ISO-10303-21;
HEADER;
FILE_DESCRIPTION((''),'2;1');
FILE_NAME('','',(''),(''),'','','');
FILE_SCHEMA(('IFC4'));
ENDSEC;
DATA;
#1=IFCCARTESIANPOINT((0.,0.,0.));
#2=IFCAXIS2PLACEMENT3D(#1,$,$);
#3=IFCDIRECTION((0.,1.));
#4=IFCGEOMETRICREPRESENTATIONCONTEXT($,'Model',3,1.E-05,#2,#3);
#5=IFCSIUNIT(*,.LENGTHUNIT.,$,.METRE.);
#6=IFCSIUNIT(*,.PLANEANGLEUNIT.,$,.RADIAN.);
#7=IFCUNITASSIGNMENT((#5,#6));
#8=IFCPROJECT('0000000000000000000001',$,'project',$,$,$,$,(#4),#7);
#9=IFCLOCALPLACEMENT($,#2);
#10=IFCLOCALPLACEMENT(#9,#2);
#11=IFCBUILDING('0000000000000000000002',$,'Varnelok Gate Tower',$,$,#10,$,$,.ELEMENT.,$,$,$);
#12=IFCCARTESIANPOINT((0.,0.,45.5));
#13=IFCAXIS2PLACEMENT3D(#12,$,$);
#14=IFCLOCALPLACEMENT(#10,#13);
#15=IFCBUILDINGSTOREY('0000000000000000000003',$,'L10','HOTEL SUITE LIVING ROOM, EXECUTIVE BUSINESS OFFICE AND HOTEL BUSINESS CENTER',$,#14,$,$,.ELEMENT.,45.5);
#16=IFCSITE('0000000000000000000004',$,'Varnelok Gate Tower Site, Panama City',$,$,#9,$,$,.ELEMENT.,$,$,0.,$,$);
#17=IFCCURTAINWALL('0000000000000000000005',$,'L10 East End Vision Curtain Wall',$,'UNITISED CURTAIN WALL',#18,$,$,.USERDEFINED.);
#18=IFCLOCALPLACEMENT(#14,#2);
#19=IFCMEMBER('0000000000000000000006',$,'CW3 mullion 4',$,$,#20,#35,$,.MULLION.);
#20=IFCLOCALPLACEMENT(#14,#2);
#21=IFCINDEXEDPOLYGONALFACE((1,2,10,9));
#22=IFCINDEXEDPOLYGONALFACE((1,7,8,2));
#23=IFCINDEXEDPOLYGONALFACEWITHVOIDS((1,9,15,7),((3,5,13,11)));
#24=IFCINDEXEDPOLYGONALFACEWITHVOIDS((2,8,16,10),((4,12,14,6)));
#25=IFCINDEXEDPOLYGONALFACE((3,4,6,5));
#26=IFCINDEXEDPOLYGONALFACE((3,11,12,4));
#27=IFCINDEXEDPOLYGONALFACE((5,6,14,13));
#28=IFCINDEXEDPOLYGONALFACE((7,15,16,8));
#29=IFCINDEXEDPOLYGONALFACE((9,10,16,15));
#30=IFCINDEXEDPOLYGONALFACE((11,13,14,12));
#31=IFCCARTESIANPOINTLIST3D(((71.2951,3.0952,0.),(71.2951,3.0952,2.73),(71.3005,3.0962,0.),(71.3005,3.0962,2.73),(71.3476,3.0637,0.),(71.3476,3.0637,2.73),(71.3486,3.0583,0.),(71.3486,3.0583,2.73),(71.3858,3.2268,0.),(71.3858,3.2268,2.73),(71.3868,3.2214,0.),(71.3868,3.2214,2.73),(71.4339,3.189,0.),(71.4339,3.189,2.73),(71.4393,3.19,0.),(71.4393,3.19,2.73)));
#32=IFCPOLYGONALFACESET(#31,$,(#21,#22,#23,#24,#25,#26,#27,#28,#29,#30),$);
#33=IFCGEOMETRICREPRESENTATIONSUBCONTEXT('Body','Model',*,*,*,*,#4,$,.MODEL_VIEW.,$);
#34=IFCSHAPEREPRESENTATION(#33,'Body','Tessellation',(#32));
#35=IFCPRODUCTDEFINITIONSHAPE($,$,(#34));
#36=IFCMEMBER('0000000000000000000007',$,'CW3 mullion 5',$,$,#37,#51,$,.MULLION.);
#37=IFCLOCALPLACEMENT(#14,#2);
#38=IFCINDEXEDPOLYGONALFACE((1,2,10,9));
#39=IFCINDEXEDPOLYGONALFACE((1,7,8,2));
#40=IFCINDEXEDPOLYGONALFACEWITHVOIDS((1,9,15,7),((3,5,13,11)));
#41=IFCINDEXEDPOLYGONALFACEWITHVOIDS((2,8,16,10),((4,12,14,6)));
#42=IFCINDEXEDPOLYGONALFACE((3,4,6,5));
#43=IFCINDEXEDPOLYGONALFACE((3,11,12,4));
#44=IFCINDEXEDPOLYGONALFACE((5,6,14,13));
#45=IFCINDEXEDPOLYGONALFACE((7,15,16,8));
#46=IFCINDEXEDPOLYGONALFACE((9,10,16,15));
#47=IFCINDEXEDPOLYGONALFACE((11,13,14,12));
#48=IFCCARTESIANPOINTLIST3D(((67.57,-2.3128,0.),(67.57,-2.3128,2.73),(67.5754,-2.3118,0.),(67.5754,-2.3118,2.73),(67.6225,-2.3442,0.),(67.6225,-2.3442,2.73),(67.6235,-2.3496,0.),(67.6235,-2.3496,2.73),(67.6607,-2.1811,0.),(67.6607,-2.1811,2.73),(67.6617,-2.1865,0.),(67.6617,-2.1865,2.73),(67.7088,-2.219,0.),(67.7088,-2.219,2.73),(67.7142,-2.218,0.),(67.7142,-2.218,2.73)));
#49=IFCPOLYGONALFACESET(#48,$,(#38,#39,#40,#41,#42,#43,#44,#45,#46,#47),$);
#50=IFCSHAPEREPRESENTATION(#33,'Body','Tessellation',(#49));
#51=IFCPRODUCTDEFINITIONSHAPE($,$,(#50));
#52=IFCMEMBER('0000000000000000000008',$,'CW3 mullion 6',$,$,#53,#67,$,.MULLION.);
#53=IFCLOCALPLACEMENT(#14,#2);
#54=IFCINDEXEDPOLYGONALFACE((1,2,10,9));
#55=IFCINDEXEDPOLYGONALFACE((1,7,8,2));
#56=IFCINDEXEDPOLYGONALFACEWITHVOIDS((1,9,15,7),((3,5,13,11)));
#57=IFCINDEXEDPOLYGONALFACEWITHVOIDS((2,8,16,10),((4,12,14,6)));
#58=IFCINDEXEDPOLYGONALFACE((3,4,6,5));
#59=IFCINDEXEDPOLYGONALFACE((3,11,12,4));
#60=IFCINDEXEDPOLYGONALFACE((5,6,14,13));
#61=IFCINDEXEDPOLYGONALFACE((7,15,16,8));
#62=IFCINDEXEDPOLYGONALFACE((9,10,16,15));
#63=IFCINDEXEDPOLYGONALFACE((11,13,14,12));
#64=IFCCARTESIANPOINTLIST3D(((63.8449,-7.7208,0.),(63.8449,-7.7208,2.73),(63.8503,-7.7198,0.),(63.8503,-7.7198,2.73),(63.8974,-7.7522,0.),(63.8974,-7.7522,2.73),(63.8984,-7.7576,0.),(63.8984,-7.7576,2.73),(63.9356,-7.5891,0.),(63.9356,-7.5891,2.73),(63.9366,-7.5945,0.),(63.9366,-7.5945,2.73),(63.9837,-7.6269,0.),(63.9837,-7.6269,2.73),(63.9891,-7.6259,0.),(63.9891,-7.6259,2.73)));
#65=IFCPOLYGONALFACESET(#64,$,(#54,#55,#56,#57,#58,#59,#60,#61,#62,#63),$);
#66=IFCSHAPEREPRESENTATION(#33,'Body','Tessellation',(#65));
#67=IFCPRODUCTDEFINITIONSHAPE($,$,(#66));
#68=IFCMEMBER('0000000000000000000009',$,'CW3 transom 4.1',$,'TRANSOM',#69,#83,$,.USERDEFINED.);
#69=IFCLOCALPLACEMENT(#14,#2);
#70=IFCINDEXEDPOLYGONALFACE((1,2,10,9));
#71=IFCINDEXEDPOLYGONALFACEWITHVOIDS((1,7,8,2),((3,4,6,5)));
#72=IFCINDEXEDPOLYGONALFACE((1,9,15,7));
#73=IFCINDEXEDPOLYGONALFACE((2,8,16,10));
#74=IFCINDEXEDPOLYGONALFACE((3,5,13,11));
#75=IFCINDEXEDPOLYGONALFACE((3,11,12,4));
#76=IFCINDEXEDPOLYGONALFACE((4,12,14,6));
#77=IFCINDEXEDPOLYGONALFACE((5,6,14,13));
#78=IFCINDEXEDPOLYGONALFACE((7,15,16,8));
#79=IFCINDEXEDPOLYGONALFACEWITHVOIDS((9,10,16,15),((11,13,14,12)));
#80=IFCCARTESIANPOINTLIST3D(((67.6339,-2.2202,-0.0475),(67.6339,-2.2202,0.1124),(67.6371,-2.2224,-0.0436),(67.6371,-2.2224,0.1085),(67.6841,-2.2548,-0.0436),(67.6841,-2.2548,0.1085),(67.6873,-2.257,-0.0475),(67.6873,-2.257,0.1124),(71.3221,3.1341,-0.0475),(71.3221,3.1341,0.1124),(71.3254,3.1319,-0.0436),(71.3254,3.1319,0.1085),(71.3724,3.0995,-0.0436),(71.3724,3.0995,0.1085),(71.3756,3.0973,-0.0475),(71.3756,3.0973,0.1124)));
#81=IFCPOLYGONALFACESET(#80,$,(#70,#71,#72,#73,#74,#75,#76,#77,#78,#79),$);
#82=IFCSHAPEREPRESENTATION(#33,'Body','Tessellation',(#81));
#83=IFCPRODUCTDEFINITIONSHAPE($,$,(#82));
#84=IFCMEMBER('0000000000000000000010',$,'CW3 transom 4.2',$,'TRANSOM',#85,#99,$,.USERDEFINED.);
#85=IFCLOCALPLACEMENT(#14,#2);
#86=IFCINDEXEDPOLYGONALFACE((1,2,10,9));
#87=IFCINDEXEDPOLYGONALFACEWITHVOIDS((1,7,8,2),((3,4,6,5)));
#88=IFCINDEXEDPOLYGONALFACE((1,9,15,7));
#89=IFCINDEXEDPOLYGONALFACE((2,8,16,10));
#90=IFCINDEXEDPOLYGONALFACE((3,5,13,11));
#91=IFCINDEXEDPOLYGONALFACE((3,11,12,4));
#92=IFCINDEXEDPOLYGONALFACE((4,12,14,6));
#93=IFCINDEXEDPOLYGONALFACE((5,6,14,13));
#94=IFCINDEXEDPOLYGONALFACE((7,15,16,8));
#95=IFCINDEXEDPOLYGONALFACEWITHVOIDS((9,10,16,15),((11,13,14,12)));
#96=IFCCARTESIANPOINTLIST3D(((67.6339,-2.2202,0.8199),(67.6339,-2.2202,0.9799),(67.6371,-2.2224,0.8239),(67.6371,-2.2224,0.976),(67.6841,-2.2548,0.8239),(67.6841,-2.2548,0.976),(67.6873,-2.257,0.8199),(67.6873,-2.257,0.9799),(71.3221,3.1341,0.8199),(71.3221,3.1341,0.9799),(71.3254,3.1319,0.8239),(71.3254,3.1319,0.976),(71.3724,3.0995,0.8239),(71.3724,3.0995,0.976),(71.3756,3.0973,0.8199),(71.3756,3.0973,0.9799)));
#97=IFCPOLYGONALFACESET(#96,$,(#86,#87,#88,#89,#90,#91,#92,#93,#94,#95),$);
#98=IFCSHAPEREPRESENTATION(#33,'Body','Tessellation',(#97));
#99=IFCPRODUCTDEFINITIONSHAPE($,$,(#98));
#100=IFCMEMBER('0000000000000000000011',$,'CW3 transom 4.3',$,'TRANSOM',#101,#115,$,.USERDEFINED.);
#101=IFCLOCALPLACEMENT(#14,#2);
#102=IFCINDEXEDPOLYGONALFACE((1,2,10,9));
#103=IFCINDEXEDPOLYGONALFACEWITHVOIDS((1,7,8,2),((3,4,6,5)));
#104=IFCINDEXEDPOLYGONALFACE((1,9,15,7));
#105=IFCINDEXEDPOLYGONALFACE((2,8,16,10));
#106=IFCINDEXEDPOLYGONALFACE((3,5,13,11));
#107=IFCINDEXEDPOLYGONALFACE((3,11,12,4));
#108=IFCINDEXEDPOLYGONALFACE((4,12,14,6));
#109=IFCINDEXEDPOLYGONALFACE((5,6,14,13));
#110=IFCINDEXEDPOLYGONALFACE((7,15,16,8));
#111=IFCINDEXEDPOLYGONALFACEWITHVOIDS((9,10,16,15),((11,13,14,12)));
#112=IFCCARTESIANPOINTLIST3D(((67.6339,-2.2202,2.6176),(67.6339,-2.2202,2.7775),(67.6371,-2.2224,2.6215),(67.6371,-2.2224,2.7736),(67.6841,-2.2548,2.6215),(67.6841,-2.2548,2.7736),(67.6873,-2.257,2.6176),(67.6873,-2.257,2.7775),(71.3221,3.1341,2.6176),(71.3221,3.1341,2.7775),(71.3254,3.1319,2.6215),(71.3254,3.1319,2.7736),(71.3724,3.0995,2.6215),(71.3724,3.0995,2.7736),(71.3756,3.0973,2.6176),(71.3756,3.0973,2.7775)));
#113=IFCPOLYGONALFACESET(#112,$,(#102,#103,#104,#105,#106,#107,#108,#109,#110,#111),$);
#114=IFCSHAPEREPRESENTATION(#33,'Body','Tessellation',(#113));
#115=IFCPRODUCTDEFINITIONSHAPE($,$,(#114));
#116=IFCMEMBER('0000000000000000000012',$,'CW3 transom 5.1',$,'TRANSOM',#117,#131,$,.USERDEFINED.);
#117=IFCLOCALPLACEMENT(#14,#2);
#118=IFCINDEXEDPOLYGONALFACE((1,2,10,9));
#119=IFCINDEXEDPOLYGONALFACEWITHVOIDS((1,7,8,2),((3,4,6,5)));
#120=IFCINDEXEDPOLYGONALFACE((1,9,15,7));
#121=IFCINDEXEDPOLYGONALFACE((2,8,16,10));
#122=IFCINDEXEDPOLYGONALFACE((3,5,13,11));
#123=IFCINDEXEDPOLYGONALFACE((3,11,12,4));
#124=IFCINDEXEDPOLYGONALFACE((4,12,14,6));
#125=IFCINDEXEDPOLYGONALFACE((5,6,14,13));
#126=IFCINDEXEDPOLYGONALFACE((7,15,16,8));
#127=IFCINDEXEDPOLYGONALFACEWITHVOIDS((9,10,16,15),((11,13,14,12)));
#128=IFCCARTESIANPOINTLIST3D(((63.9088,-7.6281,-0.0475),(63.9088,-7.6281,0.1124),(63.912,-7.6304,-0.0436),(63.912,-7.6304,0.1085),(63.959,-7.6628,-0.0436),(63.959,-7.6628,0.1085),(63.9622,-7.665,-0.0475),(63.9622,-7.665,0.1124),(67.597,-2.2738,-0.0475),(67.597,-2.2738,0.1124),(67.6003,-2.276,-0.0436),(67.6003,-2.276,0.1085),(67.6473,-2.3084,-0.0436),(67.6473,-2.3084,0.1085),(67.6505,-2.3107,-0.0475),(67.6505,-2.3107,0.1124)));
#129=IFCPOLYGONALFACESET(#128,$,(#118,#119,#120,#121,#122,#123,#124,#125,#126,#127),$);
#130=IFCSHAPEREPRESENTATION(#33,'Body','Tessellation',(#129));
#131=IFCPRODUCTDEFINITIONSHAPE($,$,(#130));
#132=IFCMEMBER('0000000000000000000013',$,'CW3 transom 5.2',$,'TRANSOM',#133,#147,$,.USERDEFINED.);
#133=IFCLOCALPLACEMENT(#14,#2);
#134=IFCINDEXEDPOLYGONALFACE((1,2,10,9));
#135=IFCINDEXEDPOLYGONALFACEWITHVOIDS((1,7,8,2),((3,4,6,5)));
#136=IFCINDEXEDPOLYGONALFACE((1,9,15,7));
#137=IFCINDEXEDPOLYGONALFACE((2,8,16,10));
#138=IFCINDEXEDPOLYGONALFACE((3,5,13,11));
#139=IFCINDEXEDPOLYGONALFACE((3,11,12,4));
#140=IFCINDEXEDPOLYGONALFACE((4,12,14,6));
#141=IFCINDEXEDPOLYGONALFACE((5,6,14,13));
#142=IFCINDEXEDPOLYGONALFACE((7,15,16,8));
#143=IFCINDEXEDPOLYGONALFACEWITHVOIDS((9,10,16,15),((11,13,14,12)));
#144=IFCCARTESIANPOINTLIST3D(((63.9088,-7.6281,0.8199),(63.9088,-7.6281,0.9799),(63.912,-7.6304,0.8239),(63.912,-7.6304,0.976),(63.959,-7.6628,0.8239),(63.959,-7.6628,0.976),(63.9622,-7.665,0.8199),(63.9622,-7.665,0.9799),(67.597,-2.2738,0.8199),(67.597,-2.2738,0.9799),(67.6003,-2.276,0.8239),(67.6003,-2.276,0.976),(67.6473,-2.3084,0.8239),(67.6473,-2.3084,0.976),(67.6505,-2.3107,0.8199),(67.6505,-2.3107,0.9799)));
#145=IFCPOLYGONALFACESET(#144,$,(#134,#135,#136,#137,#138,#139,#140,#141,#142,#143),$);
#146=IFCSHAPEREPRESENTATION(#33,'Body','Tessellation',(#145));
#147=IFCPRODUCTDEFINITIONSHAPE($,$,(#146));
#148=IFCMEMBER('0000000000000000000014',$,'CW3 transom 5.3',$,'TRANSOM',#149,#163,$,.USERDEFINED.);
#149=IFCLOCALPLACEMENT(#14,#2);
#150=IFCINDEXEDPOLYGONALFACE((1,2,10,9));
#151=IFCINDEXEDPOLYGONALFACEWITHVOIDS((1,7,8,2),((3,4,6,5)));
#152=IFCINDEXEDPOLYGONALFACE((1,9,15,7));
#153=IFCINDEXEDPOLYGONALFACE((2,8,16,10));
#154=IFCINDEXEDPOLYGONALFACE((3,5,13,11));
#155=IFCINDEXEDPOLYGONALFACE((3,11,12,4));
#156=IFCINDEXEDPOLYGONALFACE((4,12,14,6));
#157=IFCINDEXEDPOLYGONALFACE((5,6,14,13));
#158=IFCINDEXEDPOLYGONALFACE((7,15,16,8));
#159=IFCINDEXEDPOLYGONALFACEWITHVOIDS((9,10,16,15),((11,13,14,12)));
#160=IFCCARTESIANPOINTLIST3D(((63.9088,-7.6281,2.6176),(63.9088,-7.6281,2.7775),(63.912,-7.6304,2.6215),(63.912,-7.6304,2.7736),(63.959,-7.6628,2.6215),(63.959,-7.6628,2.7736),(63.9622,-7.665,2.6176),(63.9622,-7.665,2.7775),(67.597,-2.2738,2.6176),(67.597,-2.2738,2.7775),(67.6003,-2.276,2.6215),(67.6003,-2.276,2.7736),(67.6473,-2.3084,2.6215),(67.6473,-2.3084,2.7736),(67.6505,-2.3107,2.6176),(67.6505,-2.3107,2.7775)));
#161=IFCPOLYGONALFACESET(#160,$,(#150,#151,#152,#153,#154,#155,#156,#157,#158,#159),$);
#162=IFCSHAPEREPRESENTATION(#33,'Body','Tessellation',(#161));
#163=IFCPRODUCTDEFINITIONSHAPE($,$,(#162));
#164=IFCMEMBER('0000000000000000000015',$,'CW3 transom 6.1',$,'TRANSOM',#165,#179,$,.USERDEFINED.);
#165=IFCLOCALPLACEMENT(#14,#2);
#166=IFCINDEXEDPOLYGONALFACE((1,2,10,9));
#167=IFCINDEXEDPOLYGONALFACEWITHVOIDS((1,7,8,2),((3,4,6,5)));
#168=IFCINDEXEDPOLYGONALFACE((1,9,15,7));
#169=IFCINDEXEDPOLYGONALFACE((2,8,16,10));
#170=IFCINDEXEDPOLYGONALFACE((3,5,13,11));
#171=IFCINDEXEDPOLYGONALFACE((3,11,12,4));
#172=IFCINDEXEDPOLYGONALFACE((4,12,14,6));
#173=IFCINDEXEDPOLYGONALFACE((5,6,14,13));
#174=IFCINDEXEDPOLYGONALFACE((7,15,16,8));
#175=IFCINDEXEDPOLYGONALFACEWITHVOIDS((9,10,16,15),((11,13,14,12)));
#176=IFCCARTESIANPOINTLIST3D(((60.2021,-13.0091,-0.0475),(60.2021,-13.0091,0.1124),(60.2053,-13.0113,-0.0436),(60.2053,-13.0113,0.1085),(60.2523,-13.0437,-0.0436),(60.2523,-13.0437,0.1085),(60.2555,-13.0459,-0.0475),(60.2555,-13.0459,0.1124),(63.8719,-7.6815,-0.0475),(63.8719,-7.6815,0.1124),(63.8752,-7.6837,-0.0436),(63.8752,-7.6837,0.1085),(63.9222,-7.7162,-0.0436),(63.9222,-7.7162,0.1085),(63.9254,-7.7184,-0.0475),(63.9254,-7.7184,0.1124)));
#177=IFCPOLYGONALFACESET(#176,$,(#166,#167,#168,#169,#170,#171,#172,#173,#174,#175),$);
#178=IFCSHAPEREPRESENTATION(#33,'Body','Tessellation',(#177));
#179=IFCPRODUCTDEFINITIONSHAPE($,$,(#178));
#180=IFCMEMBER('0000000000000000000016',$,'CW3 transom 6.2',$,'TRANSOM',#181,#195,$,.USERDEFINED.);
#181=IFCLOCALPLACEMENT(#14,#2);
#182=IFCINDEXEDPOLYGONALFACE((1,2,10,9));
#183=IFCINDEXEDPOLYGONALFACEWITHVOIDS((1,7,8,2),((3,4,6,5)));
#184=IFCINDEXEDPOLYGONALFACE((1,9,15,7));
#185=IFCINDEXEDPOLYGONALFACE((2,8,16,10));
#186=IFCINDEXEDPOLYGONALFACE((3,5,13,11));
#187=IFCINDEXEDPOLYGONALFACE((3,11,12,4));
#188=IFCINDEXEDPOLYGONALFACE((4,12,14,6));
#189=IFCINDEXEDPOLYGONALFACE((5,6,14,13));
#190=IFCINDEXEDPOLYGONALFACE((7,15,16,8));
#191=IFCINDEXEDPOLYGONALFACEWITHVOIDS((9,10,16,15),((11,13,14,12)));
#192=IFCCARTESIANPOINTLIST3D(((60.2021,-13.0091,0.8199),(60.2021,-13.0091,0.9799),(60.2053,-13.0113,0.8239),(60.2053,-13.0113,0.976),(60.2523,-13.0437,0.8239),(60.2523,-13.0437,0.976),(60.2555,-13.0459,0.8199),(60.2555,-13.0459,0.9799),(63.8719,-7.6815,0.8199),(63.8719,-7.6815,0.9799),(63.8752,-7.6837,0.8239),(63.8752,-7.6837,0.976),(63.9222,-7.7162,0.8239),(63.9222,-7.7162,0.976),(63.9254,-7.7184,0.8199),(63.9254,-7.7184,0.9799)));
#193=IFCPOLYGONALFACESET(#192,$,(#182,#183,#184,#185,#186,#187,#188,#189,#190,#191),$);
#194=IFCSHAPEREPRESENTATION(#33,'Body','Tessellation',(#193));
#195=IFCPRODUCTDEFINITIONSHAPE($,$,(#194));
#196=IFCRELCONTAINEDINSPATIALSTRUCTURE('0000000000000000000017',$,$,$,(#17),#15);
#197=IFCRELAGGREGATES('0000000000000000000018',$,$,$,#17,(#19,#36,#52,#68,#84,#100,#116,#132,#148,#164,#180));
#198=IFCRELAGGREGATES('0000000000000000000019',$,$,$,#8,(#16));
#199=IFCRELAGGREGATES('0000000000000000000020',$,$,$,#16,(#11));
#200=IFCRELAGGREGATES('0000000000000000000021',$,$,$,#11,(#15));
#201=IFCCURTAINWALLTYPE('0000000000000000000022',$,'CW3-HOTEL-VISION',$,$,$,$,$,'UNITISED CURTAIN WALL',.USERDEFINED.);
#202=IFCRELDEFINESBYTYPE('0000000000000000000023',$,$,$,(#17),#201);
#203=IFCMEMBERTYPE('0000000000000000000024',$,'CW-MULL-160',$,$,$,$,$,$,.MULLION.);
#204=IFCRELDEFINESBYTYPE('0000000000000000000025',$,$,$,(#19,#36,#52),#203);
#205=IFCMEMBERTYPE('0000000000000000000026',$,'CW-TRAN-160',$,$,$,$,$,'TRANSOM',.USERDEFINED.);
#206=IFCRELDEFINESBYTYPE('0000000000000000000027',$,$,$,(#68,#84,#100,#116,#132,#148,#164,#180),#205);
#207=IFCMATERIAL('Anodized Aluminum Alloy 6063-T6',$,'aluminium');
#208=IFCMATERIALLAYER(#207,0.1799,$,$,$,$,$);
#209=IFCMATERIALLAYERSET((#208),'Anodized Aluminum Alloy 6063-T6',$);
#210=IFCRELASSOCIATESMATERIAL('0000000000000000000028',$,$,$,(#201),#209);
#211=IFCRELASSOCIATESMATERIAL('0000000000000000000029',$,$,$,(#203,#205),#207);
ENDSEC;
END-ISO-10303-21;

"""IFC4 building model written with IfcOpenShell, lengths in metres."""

from ifc_helpers import new_model, si_unit, direction, frame, origin, origin_2d, place, context, subcontext, project, spatial, hollow_rectangle, extrude, material, layer, layer_set, material_profile, profile_set, type_object, element, aggregate, save


model = new_model("IFC4")

# Units and contexts
model_context = context("Model", 3, precision=1e-05, world=origin(), true_north=direction((0.0, 1.0)))
body_context = subcontext(model_context, "Body", "Model", "MODEL_VIEW")
ifc_project = project(units=[si_unit("LENGTHUNIT", "METRE"), si_unit("PLANEANGLEUNIT", "RADIAN")], contexts=[model_context])

# Site, building, storey
site_placement = place(None, origin())
site = spatial("IfcSite", under=ifc_project, at=site_placement, Name="Varnelok Gate Tower Site, Panama City", CompositionType="ELEMENT", RefElevation=0.0)
building_placement = place(site_placement, origin())
building = spatial("IfcBuilding", under=site, at=building_placement, Name="Varnelok Gate Tower", CompositionType="ELEMENT")
storey_placement = place(building_placement, frame((0.0, 0.0, 45.5)))
storey = spatial("IfcBuildingStorey", under=building, at=storey_placement, Name="L10", Description="HOTEL SUITE LIVING ROOM, EXECUTIVE BUSINESS OFFICE AND HOTEL BUSINESS CENTER", CompositionType="ELEMENT", Elevation=45.5)

# Curtain wall, members
ifc_material_1 = material(Name="Anodized Aluminum Alloy 6063-T6", Category="aluminium")
ifc_layer_1 = layer(ifc_material_1, 0.1799)
ifc_layer_set_1 = layer_set([ifc_layer_1], Name="Anodized Aluminum Alloy 6063-T6")
curtain_wall_type = type_object("IfcCurtainWallType", Name="CW3-HOTEL-VISION", ElementType="UNITISED CURTAIN WALL", PredefinedType="USERDEFINED", material=ifc_layer_set_1)
curtain_wall_placement = place(storey_placement, origin())
curtain_wall = element("IfcCurtainWall", 1, at=curtain_wall_placement, inside=storey, type_object=curtain_wall_type, Name="L10 East End Vision Curtain Wall", ObjectType="UNITISED CURTAIN WALL", PredefinedType="USERDEFINED")
ifc_material_profile_1 = material_profile(ifc_material_1, hollow_rectangle(XDim=0.0649, YDim=0.1599, WallThickness=0.0039, at=origin_2d()), Name="ALU160X65X4")
ifc_profile_set_1 = profile_set([ifc_material_profile_1], Name="Anodized Aluminum Alloy 6063-T6")
member_type_1 = type_object("IfcMemberType", Name="CW-MULL-160", PredefinedType="MULLION", material=ifc_profile_set_1)
member_1_placement = place(storey_placement, frame((71.3672, 3.1426, 0.0), z_axis=(0.0, 0.0, 1.0), x_axis=(0.823533, -0.567269, 0.0)))
member_1 = element("IfcMember", 2, at=member_1_placement, type_object=member_type_1, Name="CW3 mullion 4", PredefinedType="MULLION", context=body_context, shape_type="SweptSolid", body=[
    extrude(hollow_rectangle(XDim=0.0649, YDim=0.1599, WallThickness=0.0039, at=origin_2d()), origin(), (0.0, 0.0, 1.0), 2.73),
])
member_2_placement = place(storey_placement, frame((67.6421, -2.2654, 0.0), z_axis=(0.0, 0.0, 1.0), x_axis=(0.823533, -0.567269, 0.0)))
member_2 = element("IfcMember", 3, at=member_2_placement, type_object=member_type_1, Name="CW3 mullion 5", PredefinedType="MULLION", context=body_context, shape_type="SweptSolid", body=[
    extrude(hollow_rectangle(XDim=0.0649, YDim=0.1599, WallThickness=0.0039, at=origin_2d()), origin(), (0.0, 0.0, 1.0), 2.73),
])
member_3_placement = place(storey_placement, frame((63.917, -7.6733, 0.0), z_axis=(0.0, 0.0, 1.0), x_axis=(0.823533, -0.567269, 0.0)))
member_3 = element("IfcMember", 4, at=member_3_placement, type_object=member_type_1, Name="CW3 mullion 6", PredefinedType="MULLION", context=body_context, shape_type="SweptSolid", body=[
    extrude(hollow_rectangle(XDim=0.0649, YDim=0.1599, WallThickness=0.0039, at=origin_2d()), origin(), (0.0, 0.0, 1.0), 2.73),
])
ifc_material_profile_2 = material_profile(ifc_material_1, hollow_rectangle(XDim=0.0649, YDim=0.1599, WallThickness=0.0039, at=origin_2d()), Name="ALU160X65X4")
ifc_profile_set_2 = profile_set([ifc_material_profile_2], Name="Anodized Aluminum Alloy 6063-T6")
member_type_2 = type_object("IfcMemberType", Name="CW-TRAN-160", ElementType="TRANSOM", PredefinedType="USERDEFINED", material=ifc_profile_set_2)
member_4_placement = place(storey_placement, frame((71.3489, 3.1157, 0.0325), z_axis=(-0.567279, -0.823526, 0.0), x_axis=(0.823526, -0.567279, 0.0)))
member_4 = element("IfcMember", 5, at=member_4_placement, type_object=member_type_2, Name="CW3 transom 4.1", ObjectType="TRANSOM", PredefinedType="USERDEFINED", context=body_context, shape_type="SweptSolid", body=[
    extrude(hollow_rectangle(XDim=0.0649, YDim=0.1599, WallThickness=0.0039, at=origin_2d()), origin(), (0.0, 0.0, 1.0), 6.5017),
])
member_5_placement = place(storey_placement, frame((71.3489, 3.1157, 0.8999), z_axis=(-0.567279, -0.823526, 0.0), x_axis=(0.823526, -0.567279, 0.0)))
member_5 = element("IfcMember", 6, at=member_5_placement, type_object=member_type_2, Name="CW3 transom 4.2", ObjectType="TRANSOM", PredefinedType="USERDEFINED", context=body_context, shape_type="SweptSolid", body=[
    extrude(hollow_rectangle(XDim=0.0649, YDim=0.1599, WallThickness=0.0039, at=origin_2d()), origin(), (0.0, 0.0, 1.0), 6.5017),
])
member_6_placement = place(storey_placement, frame((71.3489, 3.1157, 2.6975), z_axis=(-0.567279, -0.823526, 0.0), x_axis=(0.823526, -0.567279, 0.0)))
member_6 = element("IfcMember", 7, at=member_6_placement, type_object=member_type_2, Name="CW3 transom 4.3", ObjectType="TRANSOM", PredefinedType="USERDEFINED", context=body_context, shape_type="SweptSolid", body=[
    extrude(hollow_rectangle(XDim=0.0649, YDim=0.1599, WallThickness=0.0039, at=origin_2d()), origin(), (0.0, 0.0, 1.0), 6.5017),
])
member_7_placement = place(storey_placement, frame((67.6238, -2.2922, 0.0325), z_axis=(-0.567279, -0.823526, 0.0), x_axis=(0.823526, -0.567279, 0.0)))
member_7 = element("IfcMember", 8, at=member_7_placement, type_object=member_type_2, Name="CW3 transom 5.1", ObjectType="TRANSOM", PredefinedType="USERDEFINED", context=body_context, shape_type="SweptSolid", body=[
    extrude(hollow_rectangle(XDim=0.0649, YDim=0.1599, WallThickness=0.0039, at=origin_2d()), origin(), (0.0, 0.0, 1.0), 6.5017),
])
member_8_placement = place(storey_placement, frame((67.6238, -2.2922, 0.8999), z_axis=(-0.567279, -0.823526, 0.0), x_axis=(0.823526, -0.567279, 0.0)))
member_8 = element("IfcMember", 9, at=member_8_placement, type_object=member_type_2, Name="CW3 transom 5.2", ObjectType="TRANSOM", PredefinedType="USERDEFINED", context=body_context, shape_type="SweptSolid", body=[
    extrude(hollow_rectangle(XDim=0.0649, YDim=0.1599, WallThickness=0.0039, at=origin_2d()), origin(), (0.0, 0.0, 1.0), 6.5017),
])
member_9_placement = place(storey_placement, frame((67.6238, -2.2922, 2.6975), z_axis=(-0.567279, -0.823526, 0.0), x_axis=(0.823526, -0.567279, 0.0)))
member_9 = element("IfcMember", 10, at=member_9_placement, type_object=member_type_2, Name="CW3 transom 5.3", ObjectType="TRANSOM", PredefinedType="USERDEFINED", context=body_context, shape_type="SweptSolid", body=[
    extrude(hollow_rectangle(XDim=0.0649, YDim=0.1599, WallThickness=0.0039, at=origin_2d()), origin(), (0.0, 0.0, 1.0), 6.5017),
])
member_10_placement = place(storey_placement, frame((63.8987, -7.7, 0.0325), z_axis=(-0.567281, -0.823524, 0.0), x_axis=(0.823524, -0.567281, 0.0)))
member_10 = element("IfcMember", 11, at=member_10_placement, type_object=member_type_2, Name="CW3 transom 6.1", ObjectType="TRANSOM", PredefinedType="USERDEFINED", context=body_context, shape_type="SweptSolid", body=[
    extrude(hollow_rectangle(XDim=0.0649, YDim=0.1599, WallThickness=0.0039, at=origin_2d()), origin(), (0.0, 0.0, 1.0), 6.4692),
])
member_11_placement = place(storey_placement, frame((63.8987, -7.7, 0.8999), z_axis=(-0.567281, -0.823524, 0.0), x_axis=(0.823524, -0.567281, 0.0)))
member_11 = element("IfcMember", 12, at=member_11_placement, type_object=member_type_2, Name="CW3 transom 6.2", ObjectType="TRANSOM", PredefinedType="USERDEFINED", context=body_context, shape_type="SweptSolid", body=[
    extrude(hollow_rectangle(XDim=0.0649, YDim=0.1599, WallThickness=0.0039, at=origin_2d()), origin(), (0.0, 0.0, 1.0), 6.4692),
])
aggregate(curtain_wall, [member_1, member_2, member_3, member_4, member_5, member_6, member_7, member_8, member_9, member_10, member_11])

save(model, "model.ifc")
